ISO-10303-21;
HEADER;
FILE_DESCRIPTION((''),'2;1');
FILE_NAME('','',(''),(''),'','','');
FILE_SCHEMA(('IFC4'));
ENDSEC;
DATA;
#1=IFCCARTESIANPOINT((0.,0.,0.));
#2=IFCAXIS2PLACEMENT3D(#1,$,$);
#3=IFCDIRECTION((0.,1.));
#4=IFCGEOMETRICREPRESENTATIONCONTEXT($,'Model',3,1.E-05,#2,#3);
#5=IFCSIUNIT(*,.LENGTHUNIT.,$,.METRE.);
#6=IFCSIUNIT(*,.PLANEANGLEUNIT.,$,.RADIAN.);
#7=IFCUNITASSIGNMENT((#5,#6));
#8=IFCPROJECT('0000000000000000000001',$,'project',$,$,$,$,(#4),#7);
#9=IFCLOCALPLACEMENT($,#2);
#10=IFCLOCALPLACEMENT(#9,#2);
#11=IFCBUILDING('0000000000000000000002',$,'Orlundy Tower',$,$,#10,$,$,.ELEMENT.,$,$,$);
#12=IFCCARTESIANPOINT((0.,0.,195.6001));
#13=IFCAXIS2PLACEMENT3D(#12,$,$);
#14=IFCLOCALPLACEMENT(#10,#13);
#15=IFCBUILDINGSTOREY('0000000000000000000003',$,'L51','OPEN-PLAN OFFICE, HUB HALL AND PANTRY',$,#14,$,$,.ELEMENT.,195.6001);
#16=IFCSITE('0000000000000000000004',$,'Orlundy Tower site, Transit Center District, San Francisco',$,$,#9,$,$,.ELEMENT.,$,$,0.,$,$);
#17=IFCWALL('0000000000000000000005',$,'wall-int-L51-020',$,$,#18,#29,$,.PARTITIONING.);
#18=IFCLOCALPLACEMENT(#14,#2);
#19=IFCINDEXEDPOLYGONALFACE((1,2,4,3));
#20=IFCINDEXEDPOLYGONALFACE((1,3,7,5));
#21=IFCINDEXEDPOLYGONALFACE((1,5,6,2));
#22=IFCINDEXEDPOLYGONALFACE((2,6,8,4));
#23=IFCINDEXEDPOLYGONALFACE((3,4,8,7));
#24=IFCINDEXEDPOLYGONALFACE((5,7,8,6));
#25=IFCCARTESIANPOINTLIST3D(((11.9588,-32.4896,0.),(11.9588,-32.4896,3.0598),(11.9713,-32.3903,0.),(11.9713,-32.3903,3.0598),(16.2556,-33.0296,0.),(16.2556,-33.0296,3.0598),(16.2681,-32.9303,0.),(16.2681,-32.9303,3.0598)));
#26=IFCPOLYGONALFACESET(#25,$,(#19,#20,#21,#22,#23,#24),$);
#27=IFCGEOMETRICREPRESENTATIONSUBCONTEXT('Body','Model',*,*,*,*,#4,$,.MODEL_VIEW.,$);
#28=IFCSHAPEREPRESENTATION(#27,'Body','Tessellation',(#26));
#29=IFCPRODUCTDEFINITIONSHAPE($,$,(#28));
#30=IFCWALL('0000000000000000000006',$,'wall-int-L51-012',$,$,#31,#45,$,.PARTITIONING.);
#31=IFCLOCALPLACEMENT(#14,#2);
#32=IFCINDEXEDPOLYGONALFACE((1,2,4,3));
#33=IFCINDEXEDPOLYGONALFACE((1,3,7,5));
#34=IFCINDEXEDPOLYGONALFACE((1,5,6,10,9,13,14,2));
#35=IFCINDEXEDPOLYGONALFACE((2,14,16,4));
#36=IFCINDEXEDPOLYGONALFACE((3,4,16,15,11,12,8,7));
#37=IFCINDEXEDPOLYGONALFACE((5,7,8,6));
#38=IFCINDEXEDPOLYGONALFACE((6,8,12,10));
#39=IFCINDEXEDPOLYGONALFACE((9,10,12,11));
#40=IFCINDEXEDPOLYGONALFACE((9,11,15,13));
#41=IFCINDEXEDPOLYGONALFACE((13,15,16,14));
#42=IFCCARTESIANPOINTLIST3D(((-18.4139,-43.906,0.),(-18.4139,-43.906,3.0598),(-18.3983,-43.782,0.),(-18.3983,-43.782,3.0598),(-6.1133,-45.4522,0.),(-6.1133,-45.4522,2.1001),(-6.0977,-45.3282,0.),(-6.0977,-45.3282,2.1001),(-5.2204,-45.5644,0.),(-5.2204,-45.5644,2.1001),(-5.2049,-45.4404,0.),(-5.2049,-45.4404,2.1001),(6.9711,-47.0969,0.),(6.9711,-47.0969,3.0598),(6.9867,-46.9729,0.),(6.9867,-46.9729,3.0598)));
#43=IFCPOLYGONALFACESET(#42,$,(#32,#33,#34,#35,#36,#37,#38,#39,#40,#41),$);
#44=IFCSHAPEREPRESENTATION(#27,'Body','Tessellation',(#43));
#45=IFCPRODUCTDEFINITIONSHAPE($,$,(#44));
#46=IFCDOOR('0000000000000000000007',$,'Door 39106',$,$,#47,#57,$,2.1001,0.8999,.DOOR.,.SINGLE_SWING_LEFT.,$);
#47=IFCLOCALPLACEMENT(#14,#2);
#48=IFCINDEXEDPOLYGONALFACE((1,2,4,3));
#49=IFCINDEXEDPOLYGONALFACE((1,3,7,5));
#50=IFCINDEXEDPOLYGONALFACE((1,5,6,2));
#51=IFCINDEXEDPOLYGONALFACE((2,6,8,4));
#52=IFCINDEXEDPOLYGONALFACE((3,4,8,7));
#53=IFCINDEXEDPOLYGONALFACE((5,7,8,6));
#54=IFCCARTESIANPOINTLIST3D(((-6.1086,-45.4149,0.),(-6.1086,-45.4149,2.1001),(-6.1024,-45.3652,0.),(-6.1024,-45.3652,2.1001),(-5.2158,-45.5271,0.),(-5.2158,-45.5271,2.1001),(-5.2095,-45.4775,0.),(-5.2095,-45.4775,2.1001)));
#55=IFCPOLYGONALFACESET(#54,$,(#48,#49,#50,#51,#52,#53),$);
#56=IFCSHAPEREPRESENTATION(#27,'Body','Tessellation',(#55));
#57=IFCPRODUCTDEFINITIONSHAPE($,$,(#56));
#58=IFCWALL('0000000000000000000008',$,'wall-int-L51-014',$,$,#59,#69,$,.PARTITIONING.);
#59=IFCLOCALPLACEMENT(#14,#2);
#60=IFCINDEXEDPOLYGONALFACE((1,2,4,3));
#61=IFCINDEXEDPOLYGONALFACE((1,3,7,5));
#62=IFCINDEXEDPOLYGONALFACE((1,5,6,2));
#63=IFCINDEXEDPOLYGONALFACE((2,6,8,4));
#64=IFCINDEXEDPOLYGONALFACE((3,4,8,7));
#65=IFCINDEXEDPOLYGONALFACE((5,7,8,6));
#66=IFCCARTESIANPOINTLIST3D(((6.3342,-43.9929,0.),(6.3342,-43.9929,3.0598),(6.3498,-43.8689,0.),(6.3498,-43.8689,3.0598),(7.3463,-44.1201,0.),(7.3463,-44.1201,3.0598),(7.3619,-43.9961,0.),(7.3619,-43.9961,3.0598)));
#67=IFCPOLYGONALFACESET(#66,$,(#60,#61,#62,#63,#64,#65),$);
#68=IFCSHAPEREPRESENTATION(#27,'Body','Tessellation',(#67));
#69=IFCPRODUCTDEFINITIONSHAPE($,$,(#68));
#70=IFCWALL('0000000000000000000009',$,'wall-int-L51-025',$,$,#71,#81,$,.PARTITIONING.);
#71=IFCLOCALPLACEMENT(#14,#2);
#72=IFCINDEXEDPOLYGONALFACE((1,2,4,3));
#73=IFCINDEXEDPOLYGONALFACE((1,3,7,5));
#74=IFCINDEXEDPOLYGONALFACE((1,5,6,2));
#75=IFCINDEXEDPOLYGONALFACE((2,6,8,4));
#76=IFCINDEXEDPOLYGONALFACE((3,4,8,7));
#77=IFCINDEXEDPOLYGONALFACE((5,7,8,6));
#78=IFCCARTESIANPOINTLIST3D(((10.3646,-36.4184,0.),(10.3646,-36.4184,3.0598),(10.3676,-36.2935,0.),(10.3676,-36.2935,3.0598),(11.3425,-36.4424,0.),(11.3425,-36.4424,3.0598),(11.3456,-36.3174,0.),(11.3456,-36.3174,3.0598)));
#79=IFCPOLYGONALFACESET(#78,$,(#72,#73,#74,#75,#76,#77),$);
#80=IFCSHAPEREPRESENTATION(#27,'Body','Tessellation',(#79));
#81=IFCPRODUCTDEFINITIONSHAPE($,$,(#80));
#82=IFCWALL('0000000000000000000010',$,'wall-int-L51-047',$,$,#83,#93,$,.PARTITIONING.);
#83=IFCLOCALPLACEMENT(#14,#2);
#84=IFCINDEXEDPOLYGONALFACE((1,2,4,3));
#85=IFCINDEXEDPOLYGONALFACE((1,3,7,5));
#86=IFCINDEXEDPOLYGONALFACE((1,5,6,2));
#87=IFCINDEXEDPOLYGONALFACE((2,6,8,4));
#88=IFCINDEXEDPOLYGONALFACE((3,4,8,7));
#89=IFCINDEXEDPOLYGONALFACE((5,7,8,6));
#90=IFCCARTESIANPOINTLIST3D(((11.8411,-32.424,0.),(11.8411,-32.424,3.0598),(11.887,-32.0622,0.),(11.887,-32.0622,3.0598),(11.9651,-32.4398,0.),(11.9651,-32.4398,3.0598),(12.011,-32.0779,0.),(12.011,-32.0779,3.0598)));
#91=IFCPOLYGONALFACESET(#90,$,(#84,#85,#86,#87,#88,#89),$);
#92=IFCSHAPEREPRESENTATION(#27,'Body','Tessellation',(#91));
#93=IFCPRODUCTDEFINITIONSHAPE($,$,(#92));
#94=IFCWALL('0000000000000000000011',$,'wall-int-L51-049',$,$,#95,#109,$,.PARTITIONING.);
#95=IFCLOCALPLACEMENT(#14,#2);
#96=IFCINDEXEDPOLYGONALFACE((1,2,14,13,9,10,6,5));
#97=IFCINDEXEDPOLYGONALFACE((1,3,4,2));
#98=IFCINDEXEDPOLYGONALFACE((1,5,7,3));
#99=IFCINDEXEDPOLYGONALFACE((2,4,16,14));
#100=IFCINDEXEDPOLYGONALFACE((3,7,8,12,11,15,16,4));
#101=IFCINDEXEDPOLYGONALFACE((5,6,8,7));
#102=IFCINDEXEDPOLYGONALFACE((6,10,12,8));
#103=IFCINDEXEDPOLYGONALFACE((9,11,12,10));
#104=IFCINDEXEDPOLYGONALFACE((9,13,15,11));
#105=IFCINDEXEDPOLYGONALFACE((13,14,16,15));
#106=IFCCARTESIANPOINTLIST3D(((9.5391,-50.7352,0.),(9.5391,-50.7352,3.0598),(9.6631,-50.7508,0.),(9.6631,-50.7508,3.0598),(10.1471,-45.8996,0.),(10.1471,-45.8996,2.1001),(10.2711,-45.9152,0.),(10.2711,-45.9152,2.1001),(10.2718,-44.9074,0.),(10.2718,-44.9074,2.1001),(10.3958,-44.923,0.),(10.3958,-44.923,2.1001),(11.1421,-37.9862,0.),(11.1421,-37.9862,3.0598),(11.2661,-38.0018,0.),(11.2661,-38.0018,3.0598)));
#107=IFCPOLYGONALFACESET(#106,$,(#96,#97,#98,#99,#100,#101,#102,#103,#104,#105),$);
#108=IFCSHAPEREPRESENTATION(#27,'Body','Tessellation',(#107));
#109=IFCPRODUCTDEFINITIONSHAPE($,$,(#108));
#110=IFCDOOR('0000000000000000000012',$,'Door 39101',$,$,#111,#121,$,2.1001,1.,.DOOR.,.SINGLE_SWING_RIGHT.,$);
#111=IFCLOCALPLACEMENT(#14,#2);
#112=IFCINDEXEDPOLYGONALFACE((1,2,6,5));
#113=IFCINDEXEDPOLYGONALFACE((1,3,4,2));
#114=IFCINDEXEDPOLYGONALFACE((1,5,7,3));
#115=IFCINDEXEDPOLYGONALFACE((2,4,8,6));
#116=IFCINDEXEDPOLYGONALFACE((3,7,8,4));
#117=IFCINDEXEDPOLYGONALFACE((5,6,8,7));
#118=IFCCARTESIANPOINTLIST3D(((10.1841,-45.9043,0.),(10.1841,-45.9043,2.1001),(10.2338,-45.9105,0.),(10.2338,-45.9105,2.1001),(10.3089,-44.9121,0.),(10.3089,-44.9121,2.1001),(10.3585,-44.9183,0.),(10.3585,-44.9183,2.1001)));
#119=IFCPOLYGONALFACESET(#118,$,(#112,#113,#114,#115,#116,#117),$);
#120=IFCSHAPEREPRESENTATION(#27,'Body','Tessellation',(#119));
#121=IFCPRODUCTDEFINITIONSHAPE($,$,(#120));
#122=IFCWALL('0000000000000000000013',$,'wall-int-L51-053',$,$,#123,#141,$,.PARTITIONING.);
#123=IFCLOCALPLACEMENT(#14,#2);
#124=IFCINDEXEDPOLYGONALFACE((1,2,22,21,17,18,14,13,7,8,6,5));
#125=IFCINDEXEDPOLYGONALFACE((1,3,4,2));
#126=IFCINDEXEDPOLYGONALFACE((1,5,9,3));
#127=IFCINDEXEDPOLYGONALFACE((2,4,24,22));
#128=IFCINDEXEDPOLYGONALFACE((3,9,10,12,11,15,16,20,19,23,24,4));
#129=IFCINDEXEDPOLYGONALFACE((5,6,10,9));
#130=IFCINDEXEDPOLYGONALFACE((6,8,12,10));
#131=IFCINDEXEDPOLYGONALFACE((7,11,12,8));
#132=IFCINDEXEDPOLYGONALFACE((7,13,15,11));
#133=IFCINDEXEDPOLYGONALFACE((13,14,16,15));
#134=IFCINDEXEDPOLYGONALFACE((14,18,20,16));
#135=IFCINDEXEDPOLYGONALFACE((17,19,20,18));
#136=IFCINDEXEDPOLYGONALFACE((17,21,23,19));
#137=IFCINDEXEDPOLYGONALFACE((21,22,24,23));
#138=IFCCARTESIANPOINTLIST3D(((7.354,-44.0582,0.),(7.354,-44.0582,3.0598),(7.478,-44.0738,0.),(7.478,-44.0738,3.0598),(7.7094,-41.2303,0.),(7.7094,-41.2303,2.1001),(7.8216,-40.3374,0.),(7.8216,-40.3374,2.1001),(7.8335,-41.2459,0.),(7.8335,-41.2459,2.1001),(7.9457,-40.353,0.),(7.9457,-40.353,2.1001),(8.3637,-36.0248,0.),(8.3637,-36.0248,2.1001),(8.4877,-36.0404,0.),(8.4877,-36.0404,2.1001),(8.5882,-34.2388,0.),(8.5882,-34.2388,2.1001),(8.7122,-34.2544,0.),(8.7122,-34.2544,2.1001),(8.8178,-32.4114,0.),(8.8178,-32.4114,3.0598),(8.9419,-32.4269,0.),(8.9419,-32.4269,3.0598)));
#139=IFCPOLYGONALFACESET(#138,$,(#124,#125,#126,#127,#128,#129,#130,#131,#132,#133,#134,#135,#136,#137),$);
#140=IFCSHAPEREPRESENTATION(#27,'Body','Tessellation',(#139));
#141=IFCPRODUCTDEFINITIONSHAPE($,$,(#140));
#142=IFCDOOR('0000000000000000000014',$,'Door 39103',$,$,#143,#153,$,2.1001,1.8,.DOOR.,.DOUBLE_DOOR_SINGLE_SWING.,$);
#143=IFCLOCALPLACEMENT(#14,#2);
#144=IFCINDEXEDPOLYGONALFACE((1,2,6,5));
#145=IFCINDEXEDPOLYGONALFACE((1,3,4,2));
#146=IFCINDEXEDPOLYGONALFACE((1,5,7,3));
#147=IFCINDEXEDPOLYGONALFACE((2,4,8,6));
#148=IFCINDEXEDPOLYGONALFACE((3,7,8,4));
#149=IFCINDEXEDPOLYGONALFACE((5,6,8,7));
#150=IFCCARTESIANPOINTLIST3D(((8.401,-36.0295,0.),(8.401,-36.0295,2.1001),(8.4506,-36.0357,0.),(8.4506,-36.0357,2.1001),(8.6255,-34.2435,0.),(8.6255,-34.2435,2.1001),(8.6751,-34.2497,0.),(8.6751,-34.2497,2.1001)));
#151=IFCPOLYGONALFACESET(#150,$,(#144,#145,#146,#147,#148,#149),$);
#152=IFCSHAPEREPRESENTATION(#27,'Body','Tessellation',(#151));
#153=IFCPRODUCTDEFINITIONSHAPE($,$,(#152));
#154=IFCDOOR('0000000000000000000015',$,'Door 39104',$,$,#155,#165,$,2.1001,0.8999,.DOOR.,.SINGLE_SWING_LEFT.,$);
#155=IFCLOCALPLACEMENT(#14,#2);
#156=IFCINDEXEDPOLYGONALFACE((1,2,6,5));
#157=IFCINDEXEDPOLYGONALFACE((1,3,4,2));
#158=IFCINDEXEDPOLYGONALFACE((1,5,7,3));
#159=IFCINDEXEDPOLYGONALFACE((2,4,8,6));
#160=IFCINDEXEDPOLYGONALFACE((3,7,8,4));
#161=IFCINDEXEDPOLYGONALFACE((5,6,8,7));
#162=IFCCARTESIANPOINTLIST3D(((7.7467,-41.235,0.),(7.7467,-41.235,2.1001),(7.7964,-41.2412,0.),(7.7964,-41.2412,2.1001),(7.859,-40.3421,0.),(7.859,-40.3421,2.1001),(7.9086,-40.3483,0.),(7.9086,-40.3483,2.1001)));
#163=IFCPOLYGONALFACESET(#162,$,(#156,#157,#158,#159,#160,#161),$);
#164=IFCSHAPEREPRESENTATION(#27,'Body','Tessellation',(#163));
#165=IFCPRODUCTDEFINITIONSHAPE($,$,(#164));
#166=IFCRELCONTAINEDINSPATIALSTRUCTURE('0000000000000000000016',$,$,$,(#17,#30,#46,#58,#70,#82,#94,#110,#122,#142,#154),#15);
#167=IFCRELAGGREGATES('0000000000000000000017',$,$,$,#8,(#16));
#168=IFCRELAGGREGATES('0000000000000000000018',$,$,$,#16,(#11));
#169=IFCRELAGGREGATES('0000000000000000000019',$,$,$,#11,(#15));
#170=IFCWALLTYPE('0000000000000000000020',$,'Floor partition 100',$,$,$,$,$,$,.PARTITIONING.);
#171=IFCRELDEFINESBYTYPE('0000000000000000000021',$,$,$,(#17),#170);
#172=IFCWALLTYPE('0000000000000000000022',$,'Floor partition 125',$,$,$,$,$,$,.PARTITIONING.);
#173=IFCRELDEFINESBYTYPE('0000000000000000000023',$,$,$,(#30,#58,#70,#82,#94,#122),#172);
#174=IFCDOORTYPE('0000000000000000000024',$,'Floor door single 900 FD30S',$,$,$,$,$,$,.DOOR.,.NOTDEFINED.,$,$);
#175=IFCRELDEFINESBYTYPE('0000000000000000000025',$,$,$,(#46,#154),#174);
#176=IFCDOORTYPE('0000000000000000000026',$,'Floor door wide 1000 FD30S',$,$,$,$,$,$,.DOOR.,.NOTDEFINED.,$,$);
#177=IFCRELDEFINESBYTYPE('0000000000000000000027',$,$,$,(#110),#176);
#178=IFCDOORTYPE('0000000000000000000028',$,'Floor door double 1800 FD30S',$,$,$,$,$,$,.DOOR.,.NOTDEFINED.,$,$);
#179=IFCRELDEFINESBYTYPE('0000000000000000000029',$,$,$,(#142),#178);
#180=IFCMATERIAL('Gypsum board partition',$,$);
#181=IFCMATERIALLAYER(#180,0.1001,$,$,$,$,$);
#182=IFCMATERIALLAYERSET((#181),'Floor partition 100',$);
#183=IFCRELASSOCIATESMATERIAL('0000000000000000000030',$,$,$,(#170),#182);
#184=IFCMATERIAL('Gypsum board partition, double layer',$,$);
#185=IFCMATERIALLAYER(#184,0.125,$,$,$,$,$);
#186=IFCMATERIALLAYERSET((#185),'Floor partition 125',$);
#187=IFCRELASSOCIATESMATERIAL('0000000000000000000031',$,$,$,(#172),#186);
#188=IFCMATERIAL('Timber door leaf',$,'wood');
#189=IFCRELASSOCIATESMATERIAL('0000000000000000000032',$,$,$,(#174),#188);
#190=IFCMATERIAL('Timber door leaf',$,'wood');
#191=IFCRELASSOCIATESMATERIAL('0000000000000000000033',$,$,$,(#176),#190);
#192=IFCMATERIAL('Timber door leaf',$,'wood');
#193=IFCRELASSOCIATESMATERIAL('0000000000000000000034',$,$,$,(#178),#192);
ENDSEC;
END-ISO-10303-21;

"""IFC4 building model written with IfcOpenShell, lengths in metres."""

from ifc_helpers import new_model, si_unit, direction, frame, frame_2d, origin, place, context, subcontext, project, spatial, rectangle, extrude, material, layer, layer_set, type_object, element, fill, save


model = new_model("IFC4")

# Units and contexts
model_context = context("Model", 3, precision=1e-05, world=origin(), true_north=direction((0.0, 1.0)))
body_context = subcontext(model_context, "Body", "Model", "MODEL_VIEW")
ifc_project = project(units=[si_unit("LENGTHUNIT", "METRE"), si_unit("PLANEANGLEUNIT", "RADIAN")], contexts=[model_context])

# Site, building, storey
site_placement = place(None, origin())
site = spatial("IfcSite", under=ifc_project, at=site_placement, Name="Orlundy Tower site, Transit Center District, San Francisco", CompositionType="ELEMENT", RefElevation=0.0)
building_placement = place(site_placement, origin())
building = spatial("IfcBuilding", under=site, at=building_placement, Name="Orlundy Tower", CompositionType="ELEMENT")
storey_placement = place(building_placement, frame((0.0, 0.0, 195.6001)))
storey = spatial("IfcBuildingStorey", under=building, at=storey_placement, Name="L51", Description="OPEN-PLAN OFFICE, HUB HALL AND PANTRY", CompositionType="ELEMENT", Elevation=195.6001)

# Wall
ifc_material_1 = material(Name="Gypsum board partition")
ifc_layer_1 = layer(ifc_material_1, 0.1001)
ifc_layer_set_1 = layer_set([ifc_layer_1], Name="Floor partition 100")
wall_type_1 = type_object("IfcWallType", Name="Floor partition 100", PredefinedType="PARTITIONING", material=ifc_layer_set_1)
for number, where, z_axis, x_axis, name in (
    (1, (11.9651, -32.4399, 0.0), (0.0, 0.0, 1.0), (0.992194, -0.124701, 0.0), "wall-int-L51-020"),
):
    element("IfcWall", number, at=place(storey_placement, frame(where, z_axis=z_axis, x_axis=x_axis)), inside=storey, type_object=wall_type_1, Name=name, PredefinedType="PARTITIONING", context=body_context, shape_type="SweptSolid", body=[
        extrude(rectangle(XDim=4.3306, YDim=0.1001, at=frame_2d((2.1653, 0.0))), origin(), (0.0, 0.0, 1.0), 3.0598),
    ])

# Wall, opening, door
ifc_material_2 = material(Name="Gypsum board partition, double layer")
ifc_layer_2 = layer(ifc_material_2, 0.125)
ifc_layer_set_2 = layer_set([ifc_layer_2], Name="Floor partition 125")
wall_type_2 = type_object("IfcWallType", Name="Floor partition 125", PredefinedType="PARTITIONING", material=ifc_layer_set_2)
wall_1_placement = place(storey_placement, frame((6.979, -47.0349, 0.0), z_axis=(0.0, 0.0, 1.0), x_axis=(-0.992192, 0.124719, 0.0)))
wall_1 = element("IfcWall", 2, at=wall_1_placement, inside=storey, type_object=wall_type_2, Name="wall-int-L51-012", PredefinedType="PARTITIONING", context=body_context, shape_type="SweptSolid", body=[
    extrude(rectangle(XDim=25.5847, YDim=0.125, at=frame_2d((12.7925, 0.0))), origin(), (0.0, 0.0, 1.0), 3.0598),
])
opening_1_placement = place(wall_1_placement, frame((12.2876, 0.0, 0.0)))
opening_1 = element("IfcOpeningElement", 3, at=opening_1_placement, cuts=wall_1, PredefinedType="OPENING", context=body_context, shape_type="SweptSolid", body=[
    extrude(rectangle(XDim=0.8999, YDim=2.1001, at=frame_2d((0.45, 1.05))), frame((0.0, 0.0725, 0.0), z_axis=(0.0, -1.0, 0.0), x_axis=(1.0, 0.0, 0.0)), (0.0, 0.0, 1.0), 0.145),
])
ifc_material_3 = material(Name="Timber door leaf", Category="wood")
door_type_1 = type_object("IfcDoorType", Name="Floor door single 900 FD30S", OperationType="NOTDEFINED", PredefinedType="DOOR", material=ifc_material_3)
door_1_placement = place(opening_1_placement, origin())
door_1 = element("IfcDoor", 4, at=door_1_placement, inside=storey, type_object=door_type_1, Name="Door 39106", OperationType="SINGLE_SWING_LEFT", OverallHeight=2.1001, OverallWidth=0.8999, PredefinedType="DOOR", context=body_context, shape_type="SweptSolid", body=[
    extrude(rectangle(XDim=0.8999, YDim=2.1001, at=frame_2d((0.45, 1.05))), frame((0.0, 0.0249, 0.0), z_axis=(0.0, -1.0, 0.0), x_axis=(1.0, 0.0, 0.0)), (0.0, 0.0, 1.0), 0.05),
])
fill(opening_1, door_1)

# Walls
wall_2_placement = place(storey_placement, frame((6.342, -43.9309, 0.0), z_axis=(0.0, 0.0, 1.0), x_axis=(0.992193, -0.124712, 0.0)))
element("IfcWall", 5, at=wall_2_placement, inside=storey, type_object=wall_type_2, Name="wall-int-L51-014", PredefinedType="PARTITIONING", context=body_context, shape_type="SweptSolid", body=[
    extrude(rectangle(XDim=1.02, YDim=0.125, at=frame_2d((0.51, 0.0))), origin(), (0.0, 0.0, 1.0), 3.0598),
])
wall_3_placement = place(storey_placement, frame((10.366, -36.356, 0.0), z_axis=(0.0, 0.0, 1.0), x_axis=(0.999701, -0.024456, 0.0)))
element("IfcWall", 6, at=wall_3_placement, inside=storey, type_object=wall_type_2, Name="wall-int-L51-025", PredefinedType="PARTITIONING", context=body_context, shape_type="SweptSolid", body=[
    extrude(rectangle(XDim=0.9783, YDim=0.125, at=frame_2d((0.4893, 0.0))), origin(), (0.0, 0.0, 1.0), 3.0598),
])
wall_4_placement = place(storey_placement, frame((11.9031, -32.4319, 0.0), z_axis=(0.0, 0.0, 1.0), x_axis=(0.125847, 0.99205, 0.0)))
element("IfcWall", 7, at=wall_4_placement, inside=storey, type_object=wall_type_2, Name="wall-int-L51-047", PredefinedType="PARTITIONING", context=body_context, shape_type="SweptSolid", body=[
    extrude(rectangle(XDim=0.3647, YDim=0.125, at=frame_2d((0.1824, 0.0))), origin(), (0.0, 0.0, 1.0), 3.0598),
])

# Wall, opening, door
wall_5_placement = place(storey_placement, frame((11.2041, -37.9939, 0.0), z_axis=(0.0, 0.0, 1.0), x_axis=(-0.124755, -0.992188, 0.0)))
wall_5 = element("IfcWall", 8, at=wall_5_placement, inside=storey, type_object=wall_type_2, Name="wall-int-L51-049", PredefinedType="PARTITIONING", context=body_context, shape_type="SweptSolid", body=[
    extrude(rectangle(XDim=12.8494, YDim=0.125, at=frame_2d((6.4248, 0.0))), origin(), (0.0, 0.0, 1.0), 3.0598),
])
opening_2_placement = place(wall_5_placement, frame((6.9758, 0.0, 0.0)))
opening_2 = element("IfcOpeningElement", 9, at=opening_2_placement, cuts=wall_5, PredefinedType="OPENING", context=body_context, shape_type="SweptSolid", body=[
    extrude(rectangle(XDim=1.0, YDim=2.1001, at=frame_2d((0.5, 1.05))), frame((0.0, 0.0725, 0.0), z_axis=(0.0, -1.0, 0.0), x_axis=(1.0, 0.0, 0.0)), (0.0, 0.0, 1.0), 0.145),
])
ifc_material_4 = material(Name="Timber door leaf", Category="wood")
door_type_2 = type_object("IfcDoorType", Name="Floor door wide 1000 FD30S", OperationType="NOTDEFINED", PredefinedType="DOOR", material=ifc_material_4)
door_2_placement = place(opening_2_placement, origin())
door_2 = element("IfcDoor", 10, at=door_2_placement, inside=storey, type_object=door_type_2, Name="Door 39101", OperationType="SINGLE_SWING_RIGHT", OverallHeight=2.1001, OverallWidth=1.0, PredefinedType="DOOR", context=body_context, shape_type="SweptSolid", body=[
    extrude(rectangle(XDim=1.0, YDim=2.1001, at=frame_2d((0.5, 1.05))), frame((0.0, 0.0249, 0.0), z_axis=(0.0, -1.0, 0.0), x_axis=(1.0, 0.0, 0.0)), (0.0, 0.0, 1.0), 0.05),
])
fill(opening_2, door_2)

# Wall, openings, doors
wall_6_placement = place(storey_placement, frame((7.416, -44.0659, 0.0), z_axis=(0.0, 0.0, 1.0), x_axis=(0.124705, 0.992194, 0.0)))
wall_6 = element("IfcWall", 11, at=wall_6_placement, inside=storey, type_object=wall_type_2, Name="wall-int-L51-053", PredefinedType="PARTITIONING", context=body_context, shape_type="SweptSolid", body=[
    extrude(rectangle(XDim=11.7385, YDim=0.125, at=frame_2d((5.8691, 0.0))), origin(), (0.0, 0.0, 1.0), 3.0598),
])
opening_3_placement = place(wall_6_placement, frame((8.0967, 0.0, 0.0)))
opening_3 = element("IfcOpeningElement", 12, at=opening_3_placement, cuts=wall_6, PredefinedType="OPENING", context=body_context, shape_type="SweptSolid", body=[
    extrude(rectangle(XDim=1.8, YDim=2.1001, at=frame_2d((0.8999, 1.05))), frame((0.0, 0.0725, 0.0), z_axis=(0.0, -1.0, 0.0), x_axis=(1.0, 0.0, 0.0)), (0.0, 0.0, 1.0), 0.145),
])
opening_4_placement = place(wall_6_placement, frame((2.8501, 0.0, 0.0)))
opening_4 = element("IfcOpeningElement", 13, at=opening_4_placement, cuts=wall_6, PredefinedType="OPENING", context=body_context, shape_type="SweptSolid", body=[
    extrude(rectangle(XDim=0.8999, YDim=2.1001, at=frame_2d((0.45, 1.05))), frame((0.0, 0.0725, 0.0), z_axis=(0.0, -1.0, 0.0), x_axis=(1.0, 0.0, 0.0)), (0.0, 0.0, 1.0), 0.145),
])
ifc_material_5 = material(Name="Timber door leaf", Category="wood")
door_type_3 = type_object("IfcDoorType", Name="Floor door double 1800 FD30S", OperationType="NOTDEFINED", PredefinedType="DOOR", material=ifc_material_5)
door_3_placement = place(opening_3_placement, origin())
door_3 = element("IfcDoor", 14, at=door_3_placement, inside=storey, type_object=door_type_3, Name="Door 39103", OperationType="DOUBLE_DOOR_SINGLE_SWING", OverallHeight=2.1001, OverallWidth=1.8, PredefinedType="DOOR", context=body_context, shape_type="SweptSolid", body=[
    extrude(rectangle(XDim=1.8, YDim=2.1001, at=frame_2d((0.8999, 1.05))), frame((0.0, 0.0249, 0.0), z_axis=(0.0, -1.0, 0.0), x_axis=(1.0, 0.0, 0.0)), (0.0, 0.0, 1.0), 0.05),
])
fill(opening_3, door_3)
door_4_placement = place(opening_4_placement, origin())
door_4 = element("IfcDoor", 15, at=door_4_placement, inside=storey, type_object=door_type_1, Name="Door 39104", OperationType="SINGLE_SWING_LEFT", OverallHeight=2.1001, OverallWidth=0.8999, PredefinedType="DOOR", context=body_context, shape_type="SweptSolid", body=[
    extrude(rectangle(XDim=0.8999, YDim=2.1001, at=frame_2d((0.45, 1.05))), frame((0.0, 0.0249, 0.0), z_axis=(0.0, -1.0, 0.0), x_axis=(1.0, 0.0, 0.0)), (0.0, 0.0, 1.0), 0.05),
])
fill(opening_4, door_4)

save(model, "model.ifc")
